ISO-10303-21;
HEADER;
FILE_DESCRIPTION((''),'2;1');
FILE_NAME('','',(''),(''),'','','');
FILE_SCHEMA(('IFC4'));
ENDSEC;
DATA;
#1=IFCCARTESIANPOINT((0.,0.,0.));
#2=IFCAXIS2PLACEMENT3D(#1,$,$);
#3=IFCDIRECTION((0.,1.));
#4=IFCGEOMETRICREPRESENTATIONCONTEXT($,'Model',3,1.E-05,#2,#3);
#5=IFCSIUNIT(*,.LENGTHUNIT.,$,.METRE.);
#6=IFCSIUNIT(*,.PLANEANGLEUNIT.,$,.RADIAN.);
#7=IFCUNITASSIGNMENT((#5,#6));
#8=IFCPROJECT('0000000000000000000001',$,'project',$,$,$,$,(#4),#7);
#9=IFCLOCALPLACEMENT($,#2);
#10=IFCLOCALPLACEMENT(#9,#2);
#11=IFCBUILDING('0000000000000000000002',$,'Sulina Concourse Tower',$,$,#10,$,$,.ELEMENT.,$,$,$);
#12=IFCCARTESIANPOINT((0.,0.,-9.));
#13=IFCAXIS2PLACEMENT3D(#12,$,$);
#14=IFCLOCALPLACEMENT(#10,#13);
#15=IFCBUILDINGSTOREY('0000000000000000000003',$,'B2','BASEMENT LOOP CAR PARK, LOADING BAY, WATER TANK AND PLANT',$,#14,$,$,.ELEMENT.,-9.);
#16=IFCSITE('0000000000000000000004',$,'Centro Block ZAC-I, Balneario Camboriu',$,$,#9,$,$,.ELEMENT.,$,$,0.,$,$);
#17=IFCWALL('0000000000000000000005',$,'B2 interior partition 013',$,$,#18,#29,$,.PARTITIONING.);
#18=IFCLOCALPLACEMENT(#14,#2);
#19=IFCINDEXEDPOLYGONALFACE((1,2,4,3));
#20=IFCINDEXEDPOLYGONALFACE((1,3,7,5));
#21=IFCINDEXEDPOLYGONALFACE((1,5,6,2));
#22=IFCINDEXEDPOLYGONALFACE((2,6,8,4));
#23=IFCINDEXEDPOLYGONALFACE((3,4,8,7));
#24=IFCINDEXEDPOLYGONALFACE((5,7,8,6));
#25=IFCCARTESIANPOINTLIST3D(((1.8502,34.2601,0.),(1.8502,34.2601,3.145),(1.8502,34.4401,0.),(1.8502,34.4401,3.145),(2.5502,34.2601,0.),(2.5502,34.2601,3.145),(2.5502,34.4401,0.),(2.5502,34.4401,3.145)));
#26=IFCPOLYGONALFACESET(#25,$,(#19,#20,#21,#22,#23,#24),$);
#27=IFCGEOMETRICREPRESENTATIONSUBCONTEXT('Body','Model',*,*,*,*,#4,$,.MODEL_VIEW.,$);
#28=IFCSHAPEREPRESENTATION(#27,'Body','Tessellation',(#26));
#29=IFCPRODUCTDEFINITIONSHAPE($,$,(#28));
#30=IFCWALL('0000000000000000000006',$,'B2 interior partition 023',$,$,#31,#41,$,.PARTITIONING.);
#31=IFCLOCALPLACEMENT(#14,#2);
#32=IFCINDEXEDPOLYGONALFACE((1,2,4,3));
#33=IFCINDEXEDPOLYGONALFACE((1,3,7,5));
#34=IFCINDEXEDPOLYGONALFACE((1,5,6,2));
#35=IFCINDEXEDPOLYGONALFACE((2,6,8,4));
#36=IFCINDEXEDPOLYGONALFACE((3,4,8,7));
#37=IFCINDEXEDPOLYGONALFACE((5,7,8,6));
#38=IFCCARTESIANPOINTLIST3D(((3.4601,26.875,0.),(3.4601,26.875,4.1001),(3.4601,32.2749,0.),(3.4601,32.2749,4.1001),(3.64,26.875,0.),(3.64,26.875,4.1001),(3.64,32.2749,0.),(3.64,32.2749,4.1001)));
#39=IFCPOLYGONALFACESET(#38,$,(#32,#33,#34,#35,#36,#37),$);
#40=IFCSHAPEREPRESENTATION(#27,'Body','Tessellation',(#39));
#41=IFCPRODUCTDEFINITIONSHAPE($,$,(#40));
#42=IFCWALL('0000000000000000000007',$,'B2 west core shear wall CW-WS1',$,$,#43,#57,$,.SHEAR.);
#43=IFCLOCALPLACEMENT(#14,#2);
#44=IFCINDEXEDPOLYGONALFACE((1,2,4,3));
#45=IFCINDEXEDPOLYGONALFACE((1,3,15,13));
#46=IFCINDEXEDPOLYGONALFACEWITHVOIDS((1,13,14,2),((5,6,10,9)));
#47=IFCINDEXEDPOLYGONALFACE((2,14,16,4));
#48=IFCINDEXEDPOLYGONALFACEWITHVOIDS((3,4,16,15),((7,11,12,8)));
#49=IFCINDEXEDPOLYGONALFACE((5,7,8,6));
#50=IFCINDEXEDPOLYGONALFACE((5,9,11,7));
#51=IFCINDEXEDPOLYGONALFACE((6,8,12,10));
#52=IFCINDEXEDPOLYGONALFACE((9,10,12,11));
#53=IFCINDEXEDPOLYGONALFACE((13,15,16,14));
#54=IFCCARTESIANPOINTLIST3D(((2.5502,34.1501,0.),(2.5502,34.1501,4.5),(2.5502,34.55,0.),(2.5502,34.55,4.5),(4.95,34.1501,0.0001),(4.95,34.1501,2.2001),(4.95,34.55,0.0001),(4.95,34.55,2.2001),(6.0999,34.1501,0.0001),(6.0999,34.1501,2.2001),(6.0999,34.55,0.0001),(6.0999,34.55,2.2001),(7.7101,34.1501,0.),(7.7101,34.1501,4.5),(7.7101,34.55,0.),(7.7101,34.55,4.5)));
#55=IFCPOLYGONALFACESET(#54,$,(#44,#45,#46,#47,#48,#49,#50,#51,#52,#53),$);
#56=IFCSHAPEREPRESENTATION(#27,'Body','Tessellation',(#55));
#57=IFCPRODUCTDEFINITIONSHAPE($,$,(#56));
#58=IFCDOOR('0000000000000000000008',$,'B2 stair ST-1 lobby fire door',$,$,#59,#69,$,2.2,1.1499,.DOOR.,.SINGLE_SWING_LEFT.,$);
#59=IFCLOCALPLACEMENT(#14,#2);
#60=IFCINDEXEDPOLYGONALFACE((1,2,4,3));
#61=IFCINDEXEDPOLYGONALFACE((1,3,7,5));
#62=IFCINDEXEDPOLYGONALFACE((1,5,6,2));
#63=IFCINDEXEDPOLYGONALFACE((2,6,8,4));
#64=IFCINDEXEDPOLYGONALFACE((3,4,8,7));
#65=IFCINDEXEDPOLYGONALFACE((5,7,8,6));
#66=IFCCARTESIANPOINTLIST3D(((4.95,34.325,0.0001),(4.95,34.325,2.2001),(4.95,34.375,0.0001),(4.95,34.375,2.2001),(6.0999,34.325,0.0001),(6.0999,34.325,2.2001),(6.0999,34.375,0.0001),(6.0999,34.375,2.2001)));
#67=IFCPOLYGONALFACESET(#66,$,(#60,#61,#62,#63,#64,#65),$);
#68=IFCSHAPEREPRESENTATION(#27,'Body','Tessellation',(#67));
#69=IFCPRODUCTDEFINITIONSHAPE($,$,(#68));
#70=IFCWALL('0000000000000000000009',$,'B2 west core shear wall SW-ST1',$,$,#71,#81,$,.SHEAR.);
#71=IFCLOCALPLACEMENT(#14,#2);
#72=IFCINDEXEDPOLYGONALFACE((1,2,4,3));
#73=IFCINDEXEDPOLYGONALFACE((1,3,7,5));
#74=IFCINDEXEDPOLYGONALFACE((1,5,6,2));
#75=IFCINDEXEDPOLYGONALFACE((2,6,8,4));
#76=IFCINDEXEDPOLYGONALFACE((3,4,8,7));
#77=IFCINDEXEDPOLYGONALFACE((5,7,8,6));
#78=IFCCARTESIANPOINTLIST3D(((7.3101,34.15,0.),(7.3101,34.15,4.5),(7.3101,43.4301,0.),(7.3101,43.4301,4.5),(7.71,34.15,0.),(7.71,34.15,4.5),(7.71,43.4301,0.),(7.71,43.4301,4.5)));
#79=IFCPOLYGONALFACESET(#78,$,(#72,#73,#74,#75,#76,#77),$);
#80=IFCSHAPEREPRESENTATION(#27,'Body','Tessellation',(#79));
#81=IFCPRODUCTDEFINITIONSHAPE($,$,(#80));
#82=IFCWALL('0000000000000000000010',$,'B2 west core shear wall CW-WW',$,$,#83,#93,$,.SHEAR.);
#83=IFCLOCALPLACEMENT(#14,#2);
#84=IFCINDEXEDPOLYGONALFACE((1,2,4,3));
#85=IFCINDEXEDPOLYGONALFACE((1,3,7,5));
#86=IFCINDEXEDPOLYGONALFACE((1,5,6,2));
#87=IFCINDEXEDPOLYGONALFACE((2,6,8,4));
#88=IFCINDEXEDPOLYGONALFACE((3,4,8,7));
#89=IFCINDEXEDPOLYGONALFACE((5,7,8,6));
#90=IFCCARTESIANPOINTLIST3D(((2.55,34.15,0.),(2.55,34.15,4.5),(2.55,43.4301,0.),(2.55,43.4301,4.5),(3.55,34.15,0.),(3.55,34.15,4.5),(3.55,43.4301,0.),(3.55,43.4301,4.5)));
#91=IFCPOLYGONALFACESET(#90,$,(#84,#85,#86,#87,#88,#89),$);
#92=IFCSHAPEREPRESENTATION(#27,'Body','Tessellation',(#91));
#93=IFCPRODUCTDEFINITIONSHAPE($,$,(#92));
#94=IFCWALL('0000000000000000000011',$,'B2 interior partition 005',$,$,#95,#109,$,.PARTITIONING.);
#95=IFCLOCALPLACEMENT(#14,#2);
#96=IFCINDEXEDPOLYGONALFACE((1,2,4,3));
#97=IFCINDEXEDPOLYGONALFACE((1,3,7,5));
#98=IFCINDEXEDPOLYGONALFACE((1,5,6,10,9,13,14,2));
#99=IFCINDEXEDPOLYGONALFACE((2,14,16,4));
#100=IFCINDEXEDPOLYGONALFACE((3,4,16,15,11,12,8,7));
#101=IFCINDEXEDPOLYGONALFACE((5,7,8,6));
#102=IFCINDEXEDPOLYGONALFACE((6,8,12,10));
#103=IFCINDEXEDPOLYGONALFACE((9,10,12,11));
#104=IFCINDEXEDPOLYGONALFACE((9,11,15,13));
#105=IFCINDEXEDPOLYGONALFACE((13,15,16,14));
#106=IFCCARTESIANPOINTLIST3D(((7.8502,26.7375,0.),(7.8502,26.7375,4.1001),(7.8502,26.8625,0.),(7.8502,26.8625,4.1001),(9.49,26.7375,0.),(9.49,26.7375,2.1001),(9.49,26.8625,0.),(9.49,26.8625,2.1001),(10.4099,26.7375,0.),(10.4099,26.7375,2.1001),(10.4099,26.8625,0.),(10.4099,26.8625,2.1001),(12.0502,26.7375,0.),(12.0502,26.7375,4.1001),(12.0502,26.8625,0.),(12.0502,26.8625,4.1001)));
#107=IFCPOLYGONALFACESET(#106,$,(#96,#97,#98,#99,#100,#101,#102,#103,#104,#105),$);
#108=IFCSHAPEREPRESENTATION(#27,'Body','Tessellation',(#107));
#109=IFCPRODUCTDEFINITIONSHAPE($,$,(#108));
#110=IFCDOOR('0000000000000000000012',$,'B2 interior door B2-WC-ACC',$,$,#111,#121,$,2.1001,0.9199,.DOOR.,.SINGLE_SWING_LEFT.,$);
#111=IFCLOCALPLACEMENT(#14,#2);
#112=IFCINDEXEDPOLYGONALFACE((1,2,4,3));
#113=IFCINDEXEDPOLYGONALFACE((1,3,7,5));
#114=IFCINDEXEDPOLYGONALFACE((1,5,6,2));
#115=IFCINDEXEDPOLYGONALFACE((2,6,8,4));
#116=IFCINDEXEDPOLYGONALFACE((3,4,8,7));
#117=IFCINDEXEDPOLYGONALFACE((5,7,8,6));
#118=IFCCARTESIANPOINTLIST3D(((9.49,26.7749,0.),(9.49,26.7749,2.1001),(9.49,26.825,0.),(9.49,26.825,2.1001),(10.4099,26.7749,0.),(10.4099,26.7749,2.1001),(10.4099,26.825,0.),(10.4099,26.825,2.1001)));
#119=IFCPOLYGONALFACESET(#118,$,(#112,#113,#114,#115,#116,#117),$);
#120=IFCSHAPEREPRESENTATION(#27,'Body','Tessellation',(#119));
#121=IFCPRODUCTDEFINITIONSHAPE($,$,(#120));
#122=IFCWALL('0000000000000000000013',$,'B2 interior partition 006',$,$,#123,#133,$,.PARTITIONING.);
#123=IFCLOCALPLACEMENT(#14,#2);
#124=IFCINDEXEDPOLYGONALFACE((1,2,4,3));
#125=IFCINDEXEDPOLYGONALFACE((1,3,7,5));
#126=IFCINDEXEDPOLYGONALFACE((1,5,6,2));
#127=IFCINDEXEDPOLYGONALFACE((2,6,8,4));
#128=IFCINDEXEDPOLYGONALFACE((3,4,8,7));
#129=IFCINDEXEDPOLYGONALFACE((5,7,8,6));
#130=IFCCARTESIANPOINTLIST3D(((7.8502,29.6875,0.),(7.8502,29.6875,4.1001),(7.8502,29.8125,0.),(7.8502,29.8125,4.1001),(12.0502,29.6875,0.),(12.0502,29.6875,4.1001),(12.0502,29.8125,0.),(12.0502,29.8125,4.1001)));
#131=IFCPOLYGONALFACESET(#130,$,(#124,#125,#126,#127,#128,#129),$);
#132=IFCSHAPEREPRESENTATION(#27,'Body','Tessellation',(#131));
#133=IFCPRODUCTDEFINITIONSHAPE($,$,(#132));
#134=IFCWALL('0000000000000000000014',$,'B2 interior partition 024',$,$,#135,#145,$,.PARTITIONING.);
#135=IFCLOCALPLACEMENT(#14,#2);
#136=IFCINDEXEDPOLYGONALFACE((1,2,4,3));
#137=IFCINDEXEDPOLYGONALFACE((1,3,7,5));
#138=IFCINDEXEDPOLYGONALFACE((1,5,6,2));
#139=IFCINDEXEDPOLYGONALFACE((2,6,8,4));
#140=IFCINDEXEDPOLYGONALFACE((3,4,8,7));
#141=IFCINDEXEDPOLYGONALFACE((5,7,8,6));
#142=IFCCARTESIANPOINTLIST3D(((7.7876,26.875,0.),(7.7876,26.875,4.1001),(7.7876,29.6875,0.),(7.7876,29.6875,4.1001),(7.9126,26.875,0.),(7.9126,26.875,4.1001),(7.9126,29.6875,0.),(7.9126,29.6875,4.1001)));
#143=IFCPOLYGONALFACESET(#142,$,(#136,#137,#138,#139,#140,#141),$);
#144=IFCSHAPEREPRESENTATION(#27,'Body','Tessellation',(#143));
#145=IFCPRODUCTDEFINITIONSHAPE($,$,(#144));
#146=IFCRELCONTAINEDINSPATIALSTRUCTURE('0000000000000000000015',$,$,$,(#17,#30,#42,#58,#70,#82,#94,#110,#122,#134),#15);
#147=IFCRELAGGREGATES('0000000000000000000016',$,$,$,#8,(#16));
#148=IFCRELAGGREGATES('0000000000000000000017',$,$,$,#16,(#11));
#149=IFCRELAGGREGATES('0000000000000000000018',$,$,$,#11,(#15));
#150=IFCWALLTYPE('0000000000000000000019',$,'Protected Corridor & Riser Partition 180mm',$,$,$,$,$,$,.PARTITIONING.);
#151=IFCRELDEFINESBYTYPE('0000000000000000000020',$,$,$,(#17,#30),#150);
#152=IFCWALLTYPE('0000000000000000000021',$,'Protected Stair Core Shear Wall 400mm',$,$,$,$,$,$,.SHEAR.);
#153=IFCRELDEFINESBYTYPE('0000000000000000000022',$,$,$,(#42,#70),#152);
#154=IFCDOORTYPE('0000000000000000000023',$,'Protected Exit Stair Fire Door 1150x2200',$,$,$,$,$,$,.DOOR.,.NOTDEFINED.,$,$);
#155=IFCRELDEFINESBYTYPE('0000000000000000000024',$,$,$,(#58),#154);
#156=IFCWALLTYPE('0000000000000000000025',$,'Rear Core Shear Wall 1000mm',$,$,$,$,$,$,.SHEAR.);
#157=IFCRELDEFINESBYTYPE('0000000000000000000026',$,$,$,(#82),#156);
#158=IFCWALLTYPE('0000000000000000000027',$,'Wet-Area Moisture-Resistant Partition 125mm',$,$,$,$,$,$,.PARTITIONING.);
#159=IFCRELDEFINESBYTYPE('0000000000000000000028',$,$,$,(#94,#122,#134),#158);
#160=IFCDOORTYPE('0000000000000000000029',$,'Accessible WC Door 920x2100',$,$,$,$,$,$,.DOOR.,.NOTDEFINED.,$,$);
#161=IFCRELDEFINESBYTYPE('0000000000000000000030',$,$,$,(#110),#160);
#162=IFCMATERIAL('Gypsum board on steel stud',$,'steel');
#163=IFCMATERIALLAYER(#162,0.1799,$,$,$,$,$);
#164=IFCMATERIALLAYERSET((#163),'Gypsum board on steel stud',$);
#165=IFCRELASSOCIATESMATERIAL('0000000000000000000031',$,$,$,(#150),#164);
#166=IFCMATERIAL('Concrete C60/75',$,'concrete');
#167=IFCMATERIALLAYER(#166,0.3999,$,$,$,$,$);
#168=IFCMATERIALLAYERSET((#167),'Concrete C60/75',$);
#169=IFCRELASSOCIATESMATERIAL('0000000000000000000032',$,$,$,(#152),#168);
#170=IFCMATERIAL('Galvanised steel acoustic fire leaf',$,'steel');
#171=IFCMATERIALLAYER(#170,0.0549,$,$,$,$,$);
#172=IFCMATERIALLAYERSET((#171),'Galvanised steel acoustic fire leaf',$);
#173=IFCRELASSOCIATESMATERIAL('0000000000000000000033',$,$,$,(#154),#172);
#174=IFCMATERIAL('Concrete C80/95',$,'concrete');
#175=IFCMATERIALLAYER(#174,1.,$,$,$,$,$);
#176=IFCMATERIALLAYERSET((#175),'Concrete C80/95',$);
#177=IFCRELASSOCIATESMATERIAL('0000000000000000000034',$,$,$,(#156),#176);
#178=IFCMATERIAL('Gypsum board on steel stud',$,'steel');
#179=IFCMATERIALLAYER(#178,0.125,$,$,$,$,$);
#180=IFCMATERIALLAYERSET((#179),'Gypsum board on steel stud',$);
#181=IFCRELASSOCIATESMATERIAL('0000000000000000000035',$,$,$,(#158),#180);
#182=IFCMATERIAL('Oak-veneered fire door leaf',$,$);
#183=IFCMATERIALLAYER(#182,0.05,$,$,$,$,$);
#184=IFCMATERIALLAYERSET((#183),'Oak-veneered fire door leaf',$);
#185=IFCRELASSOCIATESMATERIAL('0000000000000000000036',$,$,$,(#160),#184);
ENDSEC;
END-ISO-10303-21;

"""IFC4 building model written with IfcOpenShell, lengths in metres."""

from ifc_helpers import new_model, si_unit, direction, frame, frame_2d, origin, place, context, subcontext, project, spatial, rectangle, extrude, material, layer, layer_set, type_object, element, fill, save


model = new_model("IFC4")

# Units and contexts
model_context = context("Model", 3, precision=1e-05, world=origin(), true_north=direction((0.0, 1.0)))
body_context = subcontext(model_context, "Body", "Model", "MODEL_VIEW")
ifc_project = project(units=[si_unit("LENGTHUNIT", "METRE"), si_unit("PLANEANGLEUNIT", "RADIAN")], contexts=[model_context])

# Site, building, storey
site_placement = place(None, origin())
site = spatial("IfcSite", under=ifc_project, at=site_placement, Name="Centro Block ZAC-I, Balneario Camboriu", CompositionType="ELEMENT", RefElevation=0.0)
building_placement = place(site_placement, origin())
building = spatial("IfcBuilding", under=site, at=building_placement, Name="Sulina Concourse Tower", CompositionType="ELEMENT")
storey_placement = place(building_placement, frame((0.0, 0.0, -9.0)))
storey = spatial("IfcBuildingStorey", under=building, at=storey_placement, Name="B2", Description="BASEMENT LOOP CAR PARK, LOADING BAY, WATER TANK AND PLANT", CompositionType="ELEMENT", Elevation=-9.0)

# Walls
ifc_material_1 = material(Name="Gypsum board on steel stud", Category="steel")
ifc_layer_1 = layer(ifc_material_1, 0.1799)
ifc_layer_set_1 = layer_set([ifc_layer_1], Name="Gypsum board on steel stud")
wall_type_1 = type_object("IfcWallType", Name="Protected Corridor & Riser Partition 180mm", PredefinedType="PARTITIONING", material=ifc_layer_set_1)
wall_1_placement = place(storey_placement, frame((1.8501, 34.3501, 0.0), z_axis=(0.0, 0.0, 1.0), x_axis=(1.0, 0.0, 0.0)))
element("IfcWall", 1, at=wall_1_placement, inside=storey, type_object=wall_type_1, Name="B2 interior partition 013", PredefinedType="PARTITIONING", context=body_context, shape_type="SweptSolid", body=[
    extrude(rectangle(XDim=0.7, YDim=0.1799, at=frame_2d((0.3501, 0.0))), origin(), (0.0, 0.0, 1.0), 3.145),
])
wall_2_placement = place(storey_placement, frame((3.55, 26.875, 0.0), z_axis=(0.0, 0.0, 1.0), x_axis=(0.0, 1.0, 0.0)))
element("IfcWall", 2, at=wall_2_placement, inside=storey, type_object=wall_type_1, Name="B2 interior partition 023", PredefinedType="PARTITIONING", context=body_context, shape_type="SweptSolid", body=[
    extrude(rectangle(XDim=5.3999, YDim=0.1799, at=frame_2d((2.7, 0.0))), origin(), (0.0, 0.0, 1.0), 4.1001),
])

# Wall, opening, door
ifc_material_2 = material(Name="Concrete C60/75", Category="concrete")
ifc_layer_2 = layer(ifc_material_2, 0.3999)
ifc_layer_set_2 = layer_set([ifc_layer_2], Name="Concrete C60/75")
wall_type_2 = type_object("IfcWallType", Name="Protected Stair Core Shear Wall 400mm", PredefinedType="SHEAR", material=ifc_layer_set_2)
wall_3_placement = place(storey_placement, frame((2.55, 34.3501, 0.0), z_axis=(0.0, 0.0, 1.0), x_axis=(1.0, 0.0, 0.0)))
wall_3 = element("IfcWall", 3, at=wall_3_placement, inside=storey, type_object=wall_type_2, Name="B2 west core shear wall CW-WS1", PredefinedType="SHEAR", context=body_context, shape_type="SweptSolid", body=[
    extrude(rectangle(XDim=5.1599, YDim=0.3999, at=frame_2d((2.5801, 0.0))), origin(), (0.0, 0.0, 1.0), 4.5),
])
opening_1_placement = place(wall_3_placement, frame((2.3999, 0.0, 0.0)))
opening_1 = element("IfcOpeningElement", 4, at=opening_1_placement, cuts=wall_3, PredefinedType="OPENING", context=body_context, shape_type="SweptSolid", body=[
    extrude(rectangle(XDim=1.1499, YDim=2.2, at=frame_2d((0.575, 1.1001))), frame((0.0, 0.21, 0.0), z_axis=(0.0, -1.0, 0.0), x_axis=(1.0, 0.0, 0.0)), (0.0, 0.0, 1.0), 0.4199),
])
ifc_material_3 = material(Name="Galvanised steel acoustic fire leaf", Category="steel")
ifc_layer_3 = layer(ifc_material_3, 0.0549)
ifc_layer_set_3 = layer_set([ifc_layer_3], Name="Galvanised steel acoustic fire leaf")
door_type_1 = type_object("IfcDoorType", Name="Protected Exit Stair Fire Door 1150x2200", OperationType="NOTDEFINED", PredefinedType="DOOR", material=ifc_layer_set_3)
door_1_placement = place(opening_1_placement, origin())
door_1 = element("IfcDoor", 5, at=door_1_placement, inside=storey, type_object=door_type_1, Name="B2 stair ST-1 lobby fire door", OperationType="SINGLE_SWING_LEFT", OverallHeight=2.2, OverallWidth=1.1499, PredefinedType="DOOR", context=body_context, shape_type="SweptSolid", body=[
    extrude(rectangle(XDim=1.1499, YDim=2.2, at=frame_2d((0.575, 1.1001))), frame((0.0, 0.0249, 0.0), z_axis=(0.0, -1.0, 0.0), x_axis=(1.0, 0.0, 0.0)), (0.0, 0.0, 1.0), 0.05),
])
fill(opening_1, door_1)

# Walls
wall_4_placement = place(storey_placement, frame((7.51, 34.1499, 0.0), z_axis=(0.0, 0.0, 1.0), x_axis=(0.0, 1.0, 0.0)))
element("IfcWall", 6, at=wall_4_placement, inside=storey, type_object=wall_type_2, Name="B2 west core shear wall SW-ST1", PredefinedType="SHEAR", context=body_context, shape_type="SweptSolid", body=[
    extrude(rectangle(XDim=9.28, YDim=0.3999, at=frame_2d((4.6401, 0.0))), origin(), (0.0, 0.0, 1.0), 4.5),
])
ifc_material_4 = material(Name="Concrete C80/95", Category="concrete")
ifc_layer_4 = layer(ifc_material_4, 1.0)
ifc_layer_set_4 = layer_set([ifc_layer_4], Name="Concrete C80/95")
wall_type_3 = type_object("IfcWallType", Name="Rear Core Shear Wall 1000mm", PredefinedType="SHEAR", material=ifc_layer_set_4)
wall_5_placement = place(storey_placement, frame((3.05, 34.1499, 0.0), z_axis=(0.0, 0.0, 1.0), x_axis=(0.0, 1.0, 0.0)))
element("IfcWall", 7, at=wall_5_placement, inside=storey, type_object=wall_type_3, Name="B2 west core shear wall CW-WW", PredefinedType="SHEAR", context=body_context, shape_type="SweptSolid", body=[
    extrude(rectangle(XDim=9.28, YDim=1.0, at=frame_2d((4.6401, 0.0))), origin(), (0.0, 0.0, 1.0), 4.5),
])

# Wall, opening, door
ifc_material_5 = material(Name="Gypsum board on steel stud", Category="steel")
ifc_layer_5 = layer(ifc_material_5, 0.125)
ifc_layer_set_5 = layer_set([ifc_layer_5], Name="Gypsum board on steel stud")
wall_type_4 = type_object("IfcWallType", Name="Wet-Area Moisture-Resistant Partition 125mm", PredefinedType="PARTITIONING", material=ifc_layer_set_5)
wall_6_placement = place(storey_placement, frame((7.8501, 26.8, 0.0), z_axis=(0.0, 0.0, 1.0), x_axis=(1.0, 0.0, 0.0)))
wall_6 = element("IfcWall", 8, at=wall_6_placement, inside=storey, type_object=wall_type_4, Name="B2 interior partition 005", PredefinedType="PARTITIONING", context=body_context, shape_type="SweptSolid", body=[
    extrude(rectangle(XDim=4.2, YDim=0.125, at=frame_2d((2.1001, 0.0))), origin(), (0.0, 0.0, 1.0), 4.1001),
])
opening_2_placement = place(wall_6_placement, frame((1.6399, 0.0, 0.0)))
opening_2 = element("IfcOpeningElement", 9, at=opening_2_placement, cuts=wall_6, PredefinedType="OPENING", context=body_context, shape_type="SweptSolid", body=[
    extrude(rectangle(XDim=0.9199, YDim=2.1001, at=frame_2d((0.46, 1.05))), frame((0.0, 0.0725, 0.0), z_axis=(0.0, -1.0, 0.0), x_axis=(1.0, 0.0, 0.0)), (0.0, 0.0, 1.0), 0.145),
])
ifc_material_6 = material(Name="Oak-veneered fire door leaf")
ifc_layer_6 = layer(ifc_material_6, 0.05)
ifc_layer_set_6 = layer_set([ifc_layer_6], Name="Oak-veneered fire door leaf")
door_type_2 = type_object("IfcDoorType", Name="Accessible WC Door 920x2100", OperationType="NOTDEFINED", PredefinedType="DOOR", material=ifc_layer_set_6)
door_2_placement = place(opening_2_placement, origin())
door_2 = element("IfcDoor", 10, at=door_2_placement, inside=storey, type_object=door_type_2, Name="B2 interior door B2-WC-ACC", OperationType="SINGLE_SWING_LEFT", OverallHeight=2.1001, OverallWidth=0.9199, PredefinedType="DOOR", context=body_context, shape_type="SweptSolid", body=[
    extrude(rectangle(XDim=0.9199, YDim=2.1001, at=frame_2d((0.46, 1.05))), frame((0.0, 0.0249, 0.0), z_axis=(0.0, -1.0, 0.0), x_axis=(1.0, 0.0, 0.0)), (0.0, 0.0, 1.0), 0.05),
])
fill(opening_2, door_2)

# Walls
wall_7_placement = place(storey_placement, frame((7.8501, 29.75, 0.0), z_axis=(0.0, 0.0, 1.0), x_axis=(1.0, 0.0, 0.0)))
element("IfcWall", 11, at=wall_7_placement, inside=storey, type_object=wall_type_4, Name="B2 interior partition 006", PredefinedType="PARTITIONING", context=body_context, shape_type="SweptSolid", body=[
    extrude(rectangle(XDim=4.2, YDim=0.125, at=frame_2d((2.1001, 0.0))), origin(), (0.0, 0.0, 1.0), 4.1001),
])
wall_8_placement = place(storey_placement, frame((7.8501, 26.875, 0.0), z_axis=(0.0, 0.0, 1.0), x_axis=(0.0, 1.0, 0.0)))
element("IfcWall", 12, at=wall_8_placement, inside=storey, type_object=wall_type_4, Name="B2 interior partition 024", PredefinedType="PARTITIONING", context=body_context, shape_type="SweptSolid", body=[
    extrude(rectangle(XDim=2.8125, YDim=0.125, at=frame_2d((1.4062, 0.0))), origin(), (0.0, 0.0, 1.0), 4.1001),
])

save(model, "model.ifc")
